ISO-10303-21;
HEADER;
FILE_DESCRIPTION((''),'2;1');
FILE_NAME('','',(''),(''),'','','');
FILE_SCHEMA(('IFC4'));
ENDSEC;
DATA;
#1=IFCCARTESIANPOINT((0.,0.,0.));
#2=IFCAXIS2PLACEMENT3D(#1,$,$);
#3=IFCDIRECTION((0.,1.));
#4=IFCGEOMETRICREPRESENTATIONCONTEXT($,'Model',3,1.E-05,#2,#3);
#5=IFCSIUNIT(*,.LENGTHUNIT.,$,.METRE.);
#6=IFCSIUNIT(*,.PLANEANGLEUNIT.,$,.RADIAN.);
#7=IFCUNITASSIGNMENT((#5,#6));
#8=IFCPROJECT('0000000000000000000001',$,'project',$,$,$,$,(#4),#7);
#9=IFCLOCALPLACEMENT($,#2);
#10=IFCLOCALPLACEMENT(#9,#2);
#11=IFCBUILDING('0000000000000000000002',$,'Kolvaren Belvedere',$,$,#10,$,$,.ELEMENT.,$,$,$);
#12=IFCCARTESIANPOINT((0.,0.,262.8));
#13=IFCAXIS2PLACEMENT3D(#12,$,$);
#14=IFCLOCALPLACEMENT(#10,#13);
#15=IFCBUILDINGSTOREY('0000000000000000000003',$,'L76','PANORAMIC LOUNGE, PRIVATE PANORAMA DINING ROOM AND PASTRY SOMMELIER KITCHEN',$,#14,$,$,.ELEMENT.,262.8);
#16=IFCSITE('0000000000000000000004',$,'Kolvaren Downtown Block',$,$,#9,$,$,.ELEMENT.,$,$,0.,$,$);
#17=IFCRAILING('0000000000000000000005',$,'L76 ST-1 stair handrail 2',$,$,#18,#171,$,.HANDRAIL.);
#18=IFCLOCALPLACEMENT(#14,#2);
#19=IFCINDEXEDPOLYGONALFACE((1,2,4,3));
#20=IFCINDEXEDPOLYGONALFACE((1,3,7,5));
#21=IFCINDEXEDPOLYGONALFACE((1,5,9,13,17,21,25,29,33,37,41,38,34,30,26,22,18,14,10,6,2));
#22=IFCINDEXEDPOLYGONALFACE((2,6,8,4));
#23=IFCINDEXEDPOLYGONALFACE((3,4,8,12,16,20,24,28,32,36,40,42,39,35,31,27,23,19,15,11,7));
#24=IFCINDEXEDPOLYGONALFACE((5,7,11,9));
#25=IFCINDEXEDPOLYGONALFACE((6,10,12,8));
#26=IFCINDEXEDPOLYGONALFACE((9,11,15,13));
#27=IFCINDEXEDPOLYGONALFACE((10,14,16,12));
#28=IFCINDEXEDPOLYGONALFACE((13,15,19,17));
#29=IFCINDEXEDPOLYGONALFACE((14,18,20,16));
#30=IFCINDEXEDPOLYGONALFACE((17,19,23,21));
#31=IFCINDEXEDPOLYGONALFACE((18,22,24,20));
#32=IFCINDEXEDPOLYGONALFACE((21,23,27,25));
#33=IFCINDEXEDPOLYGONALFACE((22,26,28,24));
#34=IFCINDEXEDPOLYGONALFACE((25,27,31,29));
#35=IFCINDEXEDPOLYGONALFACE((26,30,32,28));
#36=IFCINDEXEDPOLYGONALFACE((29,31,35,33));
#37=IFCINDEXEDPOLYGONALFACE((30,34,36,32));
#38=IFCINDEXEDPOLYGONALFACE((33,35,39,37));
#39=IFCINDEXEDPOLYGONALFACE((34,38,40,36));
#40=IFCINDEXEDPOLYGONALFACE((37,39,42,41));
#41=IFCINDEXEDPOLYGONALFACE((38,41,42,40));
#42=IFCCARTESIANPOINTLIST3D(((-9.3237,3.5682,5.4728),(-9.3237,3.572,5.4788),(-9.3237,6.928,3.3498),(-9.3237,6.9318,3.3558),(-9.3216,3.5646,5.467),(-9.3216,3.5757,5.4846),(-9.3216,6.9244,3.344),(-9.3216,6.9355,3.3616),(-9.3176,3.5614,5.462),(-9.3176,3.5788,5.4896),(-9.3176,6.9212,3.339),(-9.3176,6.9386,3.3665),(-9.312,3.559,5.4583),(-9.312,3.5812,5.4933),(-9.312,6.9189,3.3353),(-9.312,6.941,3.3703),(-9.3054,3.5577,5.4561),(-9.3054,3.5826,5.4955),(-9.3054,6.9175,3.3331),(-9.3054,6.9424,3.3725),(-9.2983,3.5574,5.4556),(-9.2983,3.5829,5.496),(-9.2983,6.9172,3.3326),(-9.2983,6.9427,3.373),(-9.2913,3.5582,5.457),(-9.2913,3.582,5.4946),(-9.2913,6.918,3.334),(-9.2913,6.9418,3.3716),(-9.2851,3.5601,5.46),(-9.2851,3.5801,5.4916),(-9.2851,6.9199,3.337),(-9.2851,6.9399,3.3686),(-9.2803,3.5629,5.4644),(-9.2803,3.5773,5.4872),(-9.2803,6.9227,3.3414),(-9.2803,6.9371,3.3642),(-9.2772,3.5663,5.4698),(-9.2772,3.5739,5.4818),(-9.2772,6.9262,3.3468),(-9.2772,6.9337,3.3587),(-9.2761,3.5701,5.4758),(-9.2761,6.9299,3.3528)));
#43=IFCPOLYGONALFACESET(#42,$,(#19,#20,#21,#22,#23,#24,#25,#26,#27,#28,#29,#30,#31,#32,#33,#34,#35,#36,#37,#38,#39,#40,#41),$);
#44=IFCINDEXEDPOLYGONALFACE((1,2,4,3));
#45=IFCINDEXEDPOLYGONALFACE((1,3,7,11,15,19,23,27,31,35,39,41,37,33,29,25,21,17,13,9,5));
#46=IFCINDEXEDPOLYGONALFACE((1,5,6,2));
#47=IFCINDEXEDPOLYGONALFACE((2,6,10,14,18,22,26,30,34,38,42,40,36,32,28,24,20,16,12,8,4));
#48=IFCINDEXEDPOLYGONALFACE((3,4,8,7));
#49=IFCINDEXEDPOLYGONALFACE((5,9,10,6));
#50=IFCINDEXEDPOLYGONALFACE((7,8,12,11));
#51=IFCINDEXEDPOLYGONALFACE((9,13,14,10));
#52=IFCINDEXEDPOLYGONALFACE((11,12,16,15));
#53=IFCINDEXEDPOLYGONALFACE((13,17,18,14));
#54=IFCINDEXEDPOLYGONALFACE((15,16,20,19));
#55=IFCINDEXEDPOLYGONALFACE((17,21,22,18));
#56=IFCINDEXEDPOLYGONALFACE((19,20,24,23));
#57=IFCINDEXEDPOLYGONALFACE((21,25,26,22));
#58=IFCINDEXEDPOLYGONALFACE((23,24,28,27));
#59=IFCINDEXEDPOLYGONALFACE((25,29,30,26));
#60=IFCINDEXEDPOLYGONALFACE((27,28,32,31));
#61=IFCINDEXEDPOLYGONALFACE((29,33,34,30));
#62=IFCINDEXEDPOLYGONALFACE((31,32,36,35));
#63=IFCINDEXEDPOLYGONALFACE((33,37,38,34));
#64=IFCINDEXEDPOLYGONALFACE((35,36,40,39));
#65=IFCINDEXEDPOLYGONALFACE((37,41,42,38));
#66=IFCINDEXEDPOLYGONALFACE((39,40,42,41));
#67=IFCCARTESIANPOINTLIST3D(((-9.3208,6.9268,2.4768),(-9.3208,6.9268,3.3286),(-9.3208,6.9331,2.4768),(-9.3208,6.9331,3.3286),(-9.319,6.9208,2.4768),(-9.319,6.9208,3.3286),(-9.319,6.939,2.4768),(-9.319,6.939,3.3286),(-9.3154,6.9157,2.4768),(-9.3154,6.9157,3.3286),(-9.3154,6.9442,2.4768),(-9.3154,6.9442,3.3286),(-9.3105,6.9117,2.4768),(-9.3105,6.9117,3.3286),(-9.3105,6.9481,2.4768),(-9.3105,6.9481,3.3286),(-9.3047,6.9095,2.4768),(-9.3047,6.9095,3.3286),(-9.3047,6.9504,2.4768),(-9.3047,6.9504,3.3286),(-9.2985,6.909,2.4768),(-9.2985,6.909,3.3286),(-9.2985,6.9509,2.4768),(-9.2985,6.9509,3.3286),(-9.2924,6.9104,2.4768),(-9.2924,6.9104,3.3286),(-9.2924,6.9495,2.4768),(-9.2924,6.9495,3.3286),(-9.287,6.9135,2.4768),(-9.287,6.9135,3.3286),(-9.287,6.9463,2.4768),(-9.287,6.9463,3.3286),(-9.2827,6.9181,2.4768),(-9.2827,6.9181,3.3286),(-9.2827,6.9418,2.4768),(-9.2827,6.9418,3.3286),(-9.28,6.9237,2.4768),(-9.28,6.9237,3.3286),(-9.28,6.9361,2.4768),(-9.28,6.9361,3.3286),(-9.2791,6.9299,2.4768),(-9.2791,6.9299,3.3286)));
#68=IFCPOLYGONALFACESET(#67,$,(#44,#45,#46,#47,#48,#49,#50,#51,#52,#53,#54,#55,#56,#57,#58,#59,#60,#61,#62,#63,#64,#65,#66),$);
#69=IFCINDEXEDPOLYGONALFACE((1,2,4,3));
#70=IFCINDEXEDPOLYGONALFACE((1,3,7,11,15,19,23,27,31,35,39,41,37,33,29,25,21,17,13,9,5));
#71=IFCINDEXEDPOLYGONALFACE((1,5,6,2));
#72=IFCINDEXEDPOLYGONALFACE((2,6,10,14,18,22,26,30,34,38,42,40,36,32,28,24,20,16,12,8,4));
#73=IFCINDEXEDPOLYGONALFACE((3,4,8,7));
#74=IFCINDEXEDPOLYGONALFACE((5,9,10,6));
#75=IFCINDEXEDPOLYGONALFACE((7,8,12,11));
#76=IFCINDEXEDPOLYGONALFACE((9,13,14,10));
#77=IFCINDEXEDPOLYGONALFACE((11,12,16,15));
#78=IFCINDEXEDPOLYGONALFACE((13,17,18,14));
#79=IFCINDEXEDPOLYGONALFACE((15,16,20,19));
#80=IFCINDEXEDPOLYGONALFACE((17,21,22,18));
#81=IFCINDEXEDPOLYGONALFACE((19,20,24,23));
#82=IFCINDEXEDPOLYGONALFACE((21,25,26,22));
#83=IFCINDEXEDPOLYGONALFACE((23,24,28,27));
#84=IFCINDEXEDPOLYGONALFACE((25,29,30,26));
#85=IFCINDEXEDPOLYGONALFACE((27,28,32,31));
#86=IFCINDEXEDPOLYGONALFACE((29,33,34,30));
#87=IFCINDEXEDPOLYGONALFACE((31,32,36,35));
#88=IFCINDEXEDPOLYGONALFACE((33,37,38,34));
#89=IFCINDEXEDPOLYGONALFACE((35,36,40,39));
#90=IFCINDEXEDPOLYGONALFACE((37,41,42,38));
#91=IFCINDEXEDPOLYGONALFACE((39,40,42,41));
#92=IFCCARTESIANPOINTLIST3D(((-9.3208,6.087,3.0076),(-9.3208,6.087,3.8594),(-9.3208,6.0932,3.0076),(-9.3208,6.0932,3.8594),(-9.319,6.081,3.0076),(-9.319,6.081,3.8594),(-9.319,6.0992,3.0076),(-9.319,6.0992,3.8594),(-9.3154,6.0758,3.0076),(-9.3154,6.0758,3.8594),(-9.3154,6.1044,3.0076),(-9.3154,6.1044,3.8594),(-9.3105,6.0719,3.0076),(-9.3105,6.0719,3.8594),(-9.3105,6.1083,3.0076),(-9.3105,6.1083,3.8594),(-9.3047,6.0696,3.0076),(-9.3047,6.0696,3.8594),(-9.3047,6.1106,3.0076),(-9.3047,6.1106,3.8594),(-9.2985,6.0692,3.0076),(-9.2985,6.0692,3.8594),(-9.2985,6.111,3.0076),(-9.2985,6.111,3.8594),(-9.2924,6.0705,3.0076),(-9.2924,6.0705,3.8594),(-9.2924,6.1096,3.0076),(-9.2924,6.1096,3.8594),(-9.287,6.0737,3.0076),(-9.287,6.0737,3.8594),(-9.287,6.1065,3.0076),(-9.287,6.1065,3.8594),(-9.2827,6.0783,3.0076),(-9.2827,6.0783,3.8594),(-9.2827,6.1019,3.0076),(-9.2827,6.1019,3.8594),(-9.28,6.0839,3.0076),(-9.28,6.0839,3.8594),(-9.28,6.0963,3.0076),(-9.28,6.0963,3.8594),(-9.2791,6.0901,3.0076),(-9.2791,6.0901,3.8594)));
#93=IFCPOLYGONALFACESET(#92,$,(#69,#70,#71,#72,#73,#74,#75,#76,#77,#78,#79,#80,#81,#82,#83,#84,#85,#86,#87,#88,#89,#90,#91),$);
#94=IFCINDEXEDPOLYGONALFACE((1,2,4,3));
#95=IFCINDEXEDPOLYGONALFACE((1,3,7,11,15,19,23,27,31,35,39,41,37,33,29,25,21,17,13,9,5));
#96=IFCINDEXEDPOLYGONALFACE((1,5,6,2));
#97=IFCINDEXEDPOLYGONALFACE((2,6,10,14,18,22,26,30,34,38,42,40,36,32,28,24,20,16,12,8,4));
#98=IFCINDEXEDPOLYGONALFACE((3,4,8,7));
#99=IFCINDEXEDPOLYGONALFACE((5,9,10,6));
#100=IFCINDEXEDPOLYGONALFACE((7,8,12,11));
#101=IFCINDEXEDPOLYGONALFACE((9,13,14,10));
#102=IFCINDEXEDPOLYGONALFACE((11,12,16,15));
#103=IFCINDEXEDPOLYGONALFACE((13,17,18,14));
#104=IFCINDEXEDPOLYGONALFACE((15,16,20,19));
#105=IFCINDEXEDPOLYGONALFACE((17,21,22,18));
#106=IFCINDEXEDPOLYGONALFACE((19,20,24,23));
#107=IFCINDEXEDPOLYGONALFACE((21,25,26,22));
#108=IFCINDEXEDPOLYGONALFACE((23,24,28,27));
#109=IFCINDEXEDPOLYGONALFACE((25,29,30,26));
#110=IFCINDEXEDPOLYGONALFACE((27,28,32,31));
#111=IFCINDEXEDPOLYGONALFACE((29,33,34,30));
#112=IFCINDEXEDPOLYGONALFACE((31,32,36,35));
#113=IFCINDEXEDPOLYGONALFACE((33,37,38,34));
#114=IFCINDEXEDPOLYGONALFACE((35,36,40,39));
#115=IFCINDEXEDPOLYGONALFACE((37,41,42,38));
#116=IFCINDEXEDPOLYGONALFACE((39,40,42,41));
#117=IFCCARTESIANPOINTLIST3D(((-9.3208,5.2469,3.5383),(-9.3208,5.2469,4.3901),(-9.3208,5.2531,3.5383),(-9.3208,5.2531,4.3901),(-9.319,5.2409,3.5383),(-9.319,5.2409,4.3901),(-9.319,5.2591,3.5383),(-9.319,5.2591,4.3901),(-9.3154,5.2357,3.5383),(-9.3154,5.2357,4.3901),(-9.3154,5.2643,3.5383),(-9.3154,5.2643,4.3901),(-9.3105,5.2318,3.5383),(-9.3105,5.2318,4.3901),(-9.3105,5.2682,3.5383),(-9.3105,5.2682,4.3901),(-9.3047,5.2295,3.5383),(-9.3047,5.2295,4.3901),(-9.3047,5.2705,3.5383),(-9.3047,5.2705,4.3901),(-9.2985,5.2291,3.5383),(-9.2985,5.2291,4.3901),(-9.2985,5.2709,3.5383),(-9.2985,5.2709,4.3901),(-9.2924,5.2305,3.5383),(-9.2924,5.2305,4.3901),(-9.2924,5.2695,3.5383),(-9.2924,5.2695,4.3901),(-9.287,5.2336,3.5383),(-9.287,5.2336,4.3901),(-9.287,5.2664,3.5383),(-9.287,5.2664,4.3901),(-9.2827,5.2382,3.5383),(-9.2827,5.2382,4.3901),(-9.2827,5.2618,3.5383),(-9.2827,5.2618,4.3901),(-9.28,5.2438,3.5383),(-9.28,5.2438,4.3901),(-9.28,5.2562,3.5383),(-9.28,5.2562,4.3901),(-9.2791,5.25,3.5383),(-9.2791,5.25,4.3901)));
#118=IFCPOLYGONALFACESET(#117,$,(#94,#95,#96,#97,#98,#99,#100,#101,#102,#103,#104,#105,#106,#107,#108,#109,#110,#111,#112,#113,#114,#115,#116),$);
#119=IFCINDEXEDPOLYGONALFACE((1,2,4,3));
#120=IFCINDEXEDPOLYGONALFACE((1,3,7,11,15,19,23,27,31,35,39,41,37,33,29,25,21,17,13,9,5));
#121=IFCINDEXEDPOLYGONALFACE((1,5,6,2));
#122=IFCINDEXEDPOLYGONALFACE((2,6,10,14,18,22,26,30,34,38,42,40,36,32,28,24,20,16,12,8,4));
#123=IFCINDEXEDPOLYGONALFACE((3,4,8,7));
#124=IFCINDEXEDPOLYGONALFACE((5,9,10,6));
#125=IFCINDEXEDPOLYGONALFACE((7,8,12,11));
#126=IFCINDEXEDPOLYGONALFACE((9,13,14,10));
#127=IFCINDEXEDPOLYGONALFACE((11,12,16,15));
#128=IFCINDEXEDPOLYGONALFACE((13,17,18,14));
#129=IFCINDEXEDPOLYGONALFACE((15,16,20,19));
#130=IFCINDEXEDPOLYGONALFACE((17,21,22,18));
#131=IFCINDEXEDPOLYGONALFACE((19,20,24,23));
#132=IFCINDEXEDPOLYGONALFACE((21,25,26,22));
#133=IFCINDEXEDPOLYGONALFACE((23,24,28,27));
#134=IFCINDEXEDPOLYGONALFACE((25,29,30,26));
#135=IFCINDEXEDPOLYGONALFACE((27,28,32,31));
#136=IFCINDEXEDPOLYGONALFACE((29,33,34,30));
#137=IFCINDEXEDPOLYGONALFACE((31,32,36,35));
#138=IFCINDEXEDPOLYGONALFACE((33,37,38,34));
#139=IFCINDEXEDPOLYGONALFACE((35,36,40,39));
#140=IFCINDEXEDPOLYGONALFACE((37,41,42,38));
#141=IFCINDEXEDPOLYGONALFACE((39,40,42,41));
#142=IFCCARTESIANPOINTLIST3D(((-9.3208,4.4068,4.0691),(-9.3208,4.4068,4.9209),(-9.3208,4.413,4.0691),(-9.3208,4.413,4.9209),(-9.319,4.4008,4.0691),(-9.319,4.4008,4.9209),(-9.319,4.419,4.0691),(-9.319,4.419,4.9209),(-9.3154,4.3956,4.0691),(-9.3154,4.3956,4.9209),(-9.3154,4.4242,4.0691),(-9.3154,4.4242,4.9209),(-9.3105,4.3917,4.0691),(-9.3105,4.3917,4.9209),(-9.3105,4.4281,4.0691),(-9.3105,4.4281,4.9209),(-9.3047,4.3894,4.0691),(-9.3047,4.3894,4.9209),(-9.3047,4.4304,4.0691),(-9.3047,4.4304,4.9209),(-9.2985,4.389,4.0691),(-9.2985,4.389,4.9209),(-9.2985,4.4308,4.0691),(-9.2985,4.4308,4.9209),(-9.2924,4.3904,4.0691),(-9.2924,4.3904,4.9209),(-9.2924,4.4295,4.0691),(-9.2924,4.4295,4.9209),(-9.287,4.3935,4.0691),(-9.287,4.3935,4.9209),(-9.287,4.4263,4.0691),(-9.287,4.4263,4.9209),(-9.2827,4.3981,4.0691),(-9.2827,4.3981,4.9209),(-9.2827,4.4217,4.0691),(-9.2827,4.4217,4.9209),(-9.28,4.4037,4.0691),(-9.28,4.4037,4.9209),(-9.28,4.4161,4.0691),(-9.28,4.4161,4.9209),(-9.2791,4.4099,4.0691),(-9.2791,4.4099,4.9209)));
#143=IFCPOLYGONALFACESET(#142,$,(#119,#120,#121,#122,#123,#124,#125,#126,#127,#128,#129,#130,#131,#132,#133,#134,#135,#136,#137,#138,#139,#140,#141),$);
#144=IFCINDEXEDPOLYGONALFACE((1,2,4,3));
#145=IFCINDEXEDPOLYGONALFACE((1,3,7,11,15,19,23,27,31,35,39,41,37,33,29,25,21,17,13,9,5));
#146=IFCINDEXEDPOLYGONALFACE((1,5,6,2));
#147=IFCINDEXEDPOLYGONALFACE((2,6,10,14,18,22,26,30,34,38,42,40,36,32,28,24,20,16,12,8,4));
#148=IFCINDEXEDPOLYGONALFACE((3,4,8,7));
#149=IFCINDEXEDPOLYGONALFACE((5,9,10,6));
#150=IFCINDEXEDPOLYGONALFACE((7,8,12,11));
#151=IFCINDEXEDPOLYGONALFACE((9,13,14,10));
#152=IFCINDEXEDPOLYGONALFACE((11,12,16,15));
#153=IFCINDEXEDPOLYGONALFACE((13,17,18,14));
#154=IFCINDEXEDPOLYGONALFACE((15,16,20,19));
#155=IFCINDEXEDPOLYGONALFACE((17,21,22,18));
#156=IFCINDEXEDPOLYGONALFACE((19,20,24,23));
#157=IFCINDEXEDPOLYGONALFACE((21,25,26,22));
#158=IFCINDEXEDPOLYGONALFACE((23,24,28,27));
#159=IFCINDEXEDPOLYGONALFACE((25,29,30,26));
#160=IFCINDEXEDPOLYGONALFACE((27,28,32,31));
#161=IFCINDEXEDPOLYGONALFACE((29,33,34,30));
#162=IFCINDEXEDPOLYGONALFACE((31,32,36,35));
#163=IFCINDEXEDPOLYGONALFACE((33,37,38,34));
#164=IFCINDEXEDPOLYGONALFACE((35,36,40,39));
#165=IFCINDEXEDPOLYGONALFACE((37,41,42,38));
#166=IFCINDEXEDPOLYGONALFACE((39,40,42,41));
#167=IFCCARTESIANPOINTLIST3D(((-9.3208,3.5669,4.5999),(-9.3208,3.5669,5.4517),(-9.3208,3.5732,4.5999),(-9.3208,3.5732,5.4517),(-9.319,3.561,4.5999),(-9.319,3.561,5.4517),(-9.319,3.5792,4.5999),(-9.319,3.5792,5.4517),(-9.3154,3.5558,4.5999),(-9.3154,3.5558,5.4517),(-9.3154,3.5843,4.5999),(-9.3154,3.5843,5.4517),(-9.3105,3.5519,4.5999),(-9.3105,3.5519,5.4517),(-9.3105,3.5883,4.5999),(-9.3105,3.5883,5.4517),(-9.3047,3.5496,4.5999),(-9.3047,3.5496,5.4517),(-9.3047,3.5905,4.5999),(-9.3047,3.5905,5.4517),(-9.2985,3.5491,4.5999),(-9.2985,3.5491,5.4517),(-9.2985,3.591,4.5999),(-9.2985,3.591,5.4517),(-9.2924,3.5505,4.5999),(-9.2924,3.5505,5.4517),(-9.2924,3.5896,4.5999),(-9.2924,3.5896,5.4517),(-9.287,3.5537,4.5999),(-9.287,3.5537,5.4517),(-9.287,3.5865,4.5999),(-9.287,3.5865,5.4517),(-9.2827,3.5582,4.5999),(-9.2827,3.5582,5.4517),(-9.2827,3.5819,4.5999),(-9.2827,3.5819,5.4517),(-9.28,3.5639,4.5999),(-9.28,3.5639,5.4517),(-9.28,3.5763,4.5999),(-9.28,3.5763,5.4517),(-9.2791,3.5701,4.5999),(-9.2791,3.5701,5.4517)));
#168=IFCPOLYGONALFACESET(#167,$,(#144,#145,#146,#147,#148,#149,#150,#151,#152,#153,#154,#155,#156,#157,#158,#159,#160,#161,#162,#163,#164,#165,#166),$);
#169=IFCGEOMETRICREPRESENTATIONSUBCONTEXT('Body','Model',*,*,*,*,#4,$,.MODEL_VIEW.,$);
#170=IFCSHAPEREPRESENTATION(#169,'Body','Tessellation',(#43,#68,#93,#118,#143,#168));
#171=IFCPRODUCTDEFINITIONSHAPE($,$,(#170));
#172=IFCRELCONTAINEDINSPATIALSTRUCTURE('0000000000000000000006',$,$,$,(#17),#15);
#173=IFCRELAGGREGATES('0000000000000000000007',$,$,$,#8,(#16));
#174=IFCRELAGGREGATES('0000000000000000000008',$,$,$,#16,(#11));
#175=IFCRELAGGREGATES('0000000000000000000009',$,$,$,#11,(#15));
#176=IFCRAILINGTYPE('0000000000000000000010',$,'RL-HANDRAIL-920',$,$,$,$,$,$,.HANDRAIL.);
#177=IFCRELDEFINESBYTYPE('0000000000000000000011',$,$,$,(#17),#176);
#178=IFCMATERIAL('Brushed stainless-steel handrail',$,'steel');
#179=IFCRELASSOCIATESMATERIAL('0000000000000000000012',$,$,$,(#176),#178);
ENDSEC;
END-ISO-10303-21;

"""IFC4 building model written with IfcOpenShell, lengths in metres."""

from ifc_helpers import new_model, si_unit, direction, frame, origin, origin_2d, place, context, subcontext, project, spatial, circle, extrude, material, type_object, element, save


model = new_model("IFC4")

# Units and contexts
model_context = context("Model", 3, precision=1e-05, world=origin(), true_north=direction((0.0, 1.0)))
body_context = subcontext(model_context, "Body", "Model", "MODEL_VIEW")
ifc_project = project(units=[si_unit("LENGTHUNIT", "METRE"), si_unit("PLANEANGLEUNIT", "RADIAN")], contexts=[model_context])

# Site, building, storey
site_placement = place(None, origin())
site = spatial("IfcSite", under=ifc_project, at=site_placement, Name="Kolvaren Downtown Block", CompositionType="ELEMENT", RefElevation=0.0)
building_placement = place(site_placement, origin())
building = spatial("IfcBuilding", under=site, at=building_placement, Name="Kolvaren Belvedere", CompositionType="ELEMENT")
storey_placement = place(building_placement, frame((0.0, 0.0, 262.8)))
storey = spatial("IfcBuildingStorey", under=building, at=storey_placement, Name="L76", Description="PANORAMIC LOUNGE, PRIVATE PANORAMA DINING ROOM AND PASTRY SOMMELIER KITCHEN", CompositionType="ELEMENT", Elevation=262.8)

# Railing
ifc_material_1 = material(Name="Brushed stainless-steel handrail", Category="steel")
railing_type_1 = type_object("IfcRailingType", Name="RL-HANDRAIL-920", PredefinedType="HANDRAIL", material=ifc_material_1)
railing_1_placement = place(storey_placement, frame((-9.3, 6.9299, 2.4768)))
element("IfcRailing", 1, at=railing_1_placement, inside=storey, type_object=railing_type_1, Name="L76 ST-1 stair handrail 2", PredefinedType="HANDRAIL", context=body_context, shape_type="SweptSolid", body=[
    extrude(circle(Radius=0.0239, at=origin_2d()), frame((0.0, 0.0, 0.876), z_axis=(0.0, -0.845372, 0.534178), x_axis=(1.0, 0.0, 0.0)), (0.0, 0.0, 1.0), 3.9744),
    extrude(circle(Radius=0.021, at=origin_2d()), origin(), (0.0, 0.0, 1.0), 0.8518),
    extrude(circle(Radius=0.021, at=origin_2d()), frame((0.0, -0.8398, 0.5308)), (0.0, 0.0, 1.0), 0.8518),
    extrude(circle(Radius=0.021, at=origin_2d()), frame((0.0, -1.6799, 1.0615)), (0.0, 0.0, 1.0), 0.8518),
    extrude(circle(Radius=0.021, at=origin_2d()), frame((0.0, -2.52, 1.5923)), (0.0, 0.0, 1.0), 0.8518),
    extrude(circle(Radius=0.021, at=origin_2d()), frame((0.0, -3.3599, 2.123)), (0.0, 0.0, 1.0), 0.8518),
])

save(model, "model.ifc")
